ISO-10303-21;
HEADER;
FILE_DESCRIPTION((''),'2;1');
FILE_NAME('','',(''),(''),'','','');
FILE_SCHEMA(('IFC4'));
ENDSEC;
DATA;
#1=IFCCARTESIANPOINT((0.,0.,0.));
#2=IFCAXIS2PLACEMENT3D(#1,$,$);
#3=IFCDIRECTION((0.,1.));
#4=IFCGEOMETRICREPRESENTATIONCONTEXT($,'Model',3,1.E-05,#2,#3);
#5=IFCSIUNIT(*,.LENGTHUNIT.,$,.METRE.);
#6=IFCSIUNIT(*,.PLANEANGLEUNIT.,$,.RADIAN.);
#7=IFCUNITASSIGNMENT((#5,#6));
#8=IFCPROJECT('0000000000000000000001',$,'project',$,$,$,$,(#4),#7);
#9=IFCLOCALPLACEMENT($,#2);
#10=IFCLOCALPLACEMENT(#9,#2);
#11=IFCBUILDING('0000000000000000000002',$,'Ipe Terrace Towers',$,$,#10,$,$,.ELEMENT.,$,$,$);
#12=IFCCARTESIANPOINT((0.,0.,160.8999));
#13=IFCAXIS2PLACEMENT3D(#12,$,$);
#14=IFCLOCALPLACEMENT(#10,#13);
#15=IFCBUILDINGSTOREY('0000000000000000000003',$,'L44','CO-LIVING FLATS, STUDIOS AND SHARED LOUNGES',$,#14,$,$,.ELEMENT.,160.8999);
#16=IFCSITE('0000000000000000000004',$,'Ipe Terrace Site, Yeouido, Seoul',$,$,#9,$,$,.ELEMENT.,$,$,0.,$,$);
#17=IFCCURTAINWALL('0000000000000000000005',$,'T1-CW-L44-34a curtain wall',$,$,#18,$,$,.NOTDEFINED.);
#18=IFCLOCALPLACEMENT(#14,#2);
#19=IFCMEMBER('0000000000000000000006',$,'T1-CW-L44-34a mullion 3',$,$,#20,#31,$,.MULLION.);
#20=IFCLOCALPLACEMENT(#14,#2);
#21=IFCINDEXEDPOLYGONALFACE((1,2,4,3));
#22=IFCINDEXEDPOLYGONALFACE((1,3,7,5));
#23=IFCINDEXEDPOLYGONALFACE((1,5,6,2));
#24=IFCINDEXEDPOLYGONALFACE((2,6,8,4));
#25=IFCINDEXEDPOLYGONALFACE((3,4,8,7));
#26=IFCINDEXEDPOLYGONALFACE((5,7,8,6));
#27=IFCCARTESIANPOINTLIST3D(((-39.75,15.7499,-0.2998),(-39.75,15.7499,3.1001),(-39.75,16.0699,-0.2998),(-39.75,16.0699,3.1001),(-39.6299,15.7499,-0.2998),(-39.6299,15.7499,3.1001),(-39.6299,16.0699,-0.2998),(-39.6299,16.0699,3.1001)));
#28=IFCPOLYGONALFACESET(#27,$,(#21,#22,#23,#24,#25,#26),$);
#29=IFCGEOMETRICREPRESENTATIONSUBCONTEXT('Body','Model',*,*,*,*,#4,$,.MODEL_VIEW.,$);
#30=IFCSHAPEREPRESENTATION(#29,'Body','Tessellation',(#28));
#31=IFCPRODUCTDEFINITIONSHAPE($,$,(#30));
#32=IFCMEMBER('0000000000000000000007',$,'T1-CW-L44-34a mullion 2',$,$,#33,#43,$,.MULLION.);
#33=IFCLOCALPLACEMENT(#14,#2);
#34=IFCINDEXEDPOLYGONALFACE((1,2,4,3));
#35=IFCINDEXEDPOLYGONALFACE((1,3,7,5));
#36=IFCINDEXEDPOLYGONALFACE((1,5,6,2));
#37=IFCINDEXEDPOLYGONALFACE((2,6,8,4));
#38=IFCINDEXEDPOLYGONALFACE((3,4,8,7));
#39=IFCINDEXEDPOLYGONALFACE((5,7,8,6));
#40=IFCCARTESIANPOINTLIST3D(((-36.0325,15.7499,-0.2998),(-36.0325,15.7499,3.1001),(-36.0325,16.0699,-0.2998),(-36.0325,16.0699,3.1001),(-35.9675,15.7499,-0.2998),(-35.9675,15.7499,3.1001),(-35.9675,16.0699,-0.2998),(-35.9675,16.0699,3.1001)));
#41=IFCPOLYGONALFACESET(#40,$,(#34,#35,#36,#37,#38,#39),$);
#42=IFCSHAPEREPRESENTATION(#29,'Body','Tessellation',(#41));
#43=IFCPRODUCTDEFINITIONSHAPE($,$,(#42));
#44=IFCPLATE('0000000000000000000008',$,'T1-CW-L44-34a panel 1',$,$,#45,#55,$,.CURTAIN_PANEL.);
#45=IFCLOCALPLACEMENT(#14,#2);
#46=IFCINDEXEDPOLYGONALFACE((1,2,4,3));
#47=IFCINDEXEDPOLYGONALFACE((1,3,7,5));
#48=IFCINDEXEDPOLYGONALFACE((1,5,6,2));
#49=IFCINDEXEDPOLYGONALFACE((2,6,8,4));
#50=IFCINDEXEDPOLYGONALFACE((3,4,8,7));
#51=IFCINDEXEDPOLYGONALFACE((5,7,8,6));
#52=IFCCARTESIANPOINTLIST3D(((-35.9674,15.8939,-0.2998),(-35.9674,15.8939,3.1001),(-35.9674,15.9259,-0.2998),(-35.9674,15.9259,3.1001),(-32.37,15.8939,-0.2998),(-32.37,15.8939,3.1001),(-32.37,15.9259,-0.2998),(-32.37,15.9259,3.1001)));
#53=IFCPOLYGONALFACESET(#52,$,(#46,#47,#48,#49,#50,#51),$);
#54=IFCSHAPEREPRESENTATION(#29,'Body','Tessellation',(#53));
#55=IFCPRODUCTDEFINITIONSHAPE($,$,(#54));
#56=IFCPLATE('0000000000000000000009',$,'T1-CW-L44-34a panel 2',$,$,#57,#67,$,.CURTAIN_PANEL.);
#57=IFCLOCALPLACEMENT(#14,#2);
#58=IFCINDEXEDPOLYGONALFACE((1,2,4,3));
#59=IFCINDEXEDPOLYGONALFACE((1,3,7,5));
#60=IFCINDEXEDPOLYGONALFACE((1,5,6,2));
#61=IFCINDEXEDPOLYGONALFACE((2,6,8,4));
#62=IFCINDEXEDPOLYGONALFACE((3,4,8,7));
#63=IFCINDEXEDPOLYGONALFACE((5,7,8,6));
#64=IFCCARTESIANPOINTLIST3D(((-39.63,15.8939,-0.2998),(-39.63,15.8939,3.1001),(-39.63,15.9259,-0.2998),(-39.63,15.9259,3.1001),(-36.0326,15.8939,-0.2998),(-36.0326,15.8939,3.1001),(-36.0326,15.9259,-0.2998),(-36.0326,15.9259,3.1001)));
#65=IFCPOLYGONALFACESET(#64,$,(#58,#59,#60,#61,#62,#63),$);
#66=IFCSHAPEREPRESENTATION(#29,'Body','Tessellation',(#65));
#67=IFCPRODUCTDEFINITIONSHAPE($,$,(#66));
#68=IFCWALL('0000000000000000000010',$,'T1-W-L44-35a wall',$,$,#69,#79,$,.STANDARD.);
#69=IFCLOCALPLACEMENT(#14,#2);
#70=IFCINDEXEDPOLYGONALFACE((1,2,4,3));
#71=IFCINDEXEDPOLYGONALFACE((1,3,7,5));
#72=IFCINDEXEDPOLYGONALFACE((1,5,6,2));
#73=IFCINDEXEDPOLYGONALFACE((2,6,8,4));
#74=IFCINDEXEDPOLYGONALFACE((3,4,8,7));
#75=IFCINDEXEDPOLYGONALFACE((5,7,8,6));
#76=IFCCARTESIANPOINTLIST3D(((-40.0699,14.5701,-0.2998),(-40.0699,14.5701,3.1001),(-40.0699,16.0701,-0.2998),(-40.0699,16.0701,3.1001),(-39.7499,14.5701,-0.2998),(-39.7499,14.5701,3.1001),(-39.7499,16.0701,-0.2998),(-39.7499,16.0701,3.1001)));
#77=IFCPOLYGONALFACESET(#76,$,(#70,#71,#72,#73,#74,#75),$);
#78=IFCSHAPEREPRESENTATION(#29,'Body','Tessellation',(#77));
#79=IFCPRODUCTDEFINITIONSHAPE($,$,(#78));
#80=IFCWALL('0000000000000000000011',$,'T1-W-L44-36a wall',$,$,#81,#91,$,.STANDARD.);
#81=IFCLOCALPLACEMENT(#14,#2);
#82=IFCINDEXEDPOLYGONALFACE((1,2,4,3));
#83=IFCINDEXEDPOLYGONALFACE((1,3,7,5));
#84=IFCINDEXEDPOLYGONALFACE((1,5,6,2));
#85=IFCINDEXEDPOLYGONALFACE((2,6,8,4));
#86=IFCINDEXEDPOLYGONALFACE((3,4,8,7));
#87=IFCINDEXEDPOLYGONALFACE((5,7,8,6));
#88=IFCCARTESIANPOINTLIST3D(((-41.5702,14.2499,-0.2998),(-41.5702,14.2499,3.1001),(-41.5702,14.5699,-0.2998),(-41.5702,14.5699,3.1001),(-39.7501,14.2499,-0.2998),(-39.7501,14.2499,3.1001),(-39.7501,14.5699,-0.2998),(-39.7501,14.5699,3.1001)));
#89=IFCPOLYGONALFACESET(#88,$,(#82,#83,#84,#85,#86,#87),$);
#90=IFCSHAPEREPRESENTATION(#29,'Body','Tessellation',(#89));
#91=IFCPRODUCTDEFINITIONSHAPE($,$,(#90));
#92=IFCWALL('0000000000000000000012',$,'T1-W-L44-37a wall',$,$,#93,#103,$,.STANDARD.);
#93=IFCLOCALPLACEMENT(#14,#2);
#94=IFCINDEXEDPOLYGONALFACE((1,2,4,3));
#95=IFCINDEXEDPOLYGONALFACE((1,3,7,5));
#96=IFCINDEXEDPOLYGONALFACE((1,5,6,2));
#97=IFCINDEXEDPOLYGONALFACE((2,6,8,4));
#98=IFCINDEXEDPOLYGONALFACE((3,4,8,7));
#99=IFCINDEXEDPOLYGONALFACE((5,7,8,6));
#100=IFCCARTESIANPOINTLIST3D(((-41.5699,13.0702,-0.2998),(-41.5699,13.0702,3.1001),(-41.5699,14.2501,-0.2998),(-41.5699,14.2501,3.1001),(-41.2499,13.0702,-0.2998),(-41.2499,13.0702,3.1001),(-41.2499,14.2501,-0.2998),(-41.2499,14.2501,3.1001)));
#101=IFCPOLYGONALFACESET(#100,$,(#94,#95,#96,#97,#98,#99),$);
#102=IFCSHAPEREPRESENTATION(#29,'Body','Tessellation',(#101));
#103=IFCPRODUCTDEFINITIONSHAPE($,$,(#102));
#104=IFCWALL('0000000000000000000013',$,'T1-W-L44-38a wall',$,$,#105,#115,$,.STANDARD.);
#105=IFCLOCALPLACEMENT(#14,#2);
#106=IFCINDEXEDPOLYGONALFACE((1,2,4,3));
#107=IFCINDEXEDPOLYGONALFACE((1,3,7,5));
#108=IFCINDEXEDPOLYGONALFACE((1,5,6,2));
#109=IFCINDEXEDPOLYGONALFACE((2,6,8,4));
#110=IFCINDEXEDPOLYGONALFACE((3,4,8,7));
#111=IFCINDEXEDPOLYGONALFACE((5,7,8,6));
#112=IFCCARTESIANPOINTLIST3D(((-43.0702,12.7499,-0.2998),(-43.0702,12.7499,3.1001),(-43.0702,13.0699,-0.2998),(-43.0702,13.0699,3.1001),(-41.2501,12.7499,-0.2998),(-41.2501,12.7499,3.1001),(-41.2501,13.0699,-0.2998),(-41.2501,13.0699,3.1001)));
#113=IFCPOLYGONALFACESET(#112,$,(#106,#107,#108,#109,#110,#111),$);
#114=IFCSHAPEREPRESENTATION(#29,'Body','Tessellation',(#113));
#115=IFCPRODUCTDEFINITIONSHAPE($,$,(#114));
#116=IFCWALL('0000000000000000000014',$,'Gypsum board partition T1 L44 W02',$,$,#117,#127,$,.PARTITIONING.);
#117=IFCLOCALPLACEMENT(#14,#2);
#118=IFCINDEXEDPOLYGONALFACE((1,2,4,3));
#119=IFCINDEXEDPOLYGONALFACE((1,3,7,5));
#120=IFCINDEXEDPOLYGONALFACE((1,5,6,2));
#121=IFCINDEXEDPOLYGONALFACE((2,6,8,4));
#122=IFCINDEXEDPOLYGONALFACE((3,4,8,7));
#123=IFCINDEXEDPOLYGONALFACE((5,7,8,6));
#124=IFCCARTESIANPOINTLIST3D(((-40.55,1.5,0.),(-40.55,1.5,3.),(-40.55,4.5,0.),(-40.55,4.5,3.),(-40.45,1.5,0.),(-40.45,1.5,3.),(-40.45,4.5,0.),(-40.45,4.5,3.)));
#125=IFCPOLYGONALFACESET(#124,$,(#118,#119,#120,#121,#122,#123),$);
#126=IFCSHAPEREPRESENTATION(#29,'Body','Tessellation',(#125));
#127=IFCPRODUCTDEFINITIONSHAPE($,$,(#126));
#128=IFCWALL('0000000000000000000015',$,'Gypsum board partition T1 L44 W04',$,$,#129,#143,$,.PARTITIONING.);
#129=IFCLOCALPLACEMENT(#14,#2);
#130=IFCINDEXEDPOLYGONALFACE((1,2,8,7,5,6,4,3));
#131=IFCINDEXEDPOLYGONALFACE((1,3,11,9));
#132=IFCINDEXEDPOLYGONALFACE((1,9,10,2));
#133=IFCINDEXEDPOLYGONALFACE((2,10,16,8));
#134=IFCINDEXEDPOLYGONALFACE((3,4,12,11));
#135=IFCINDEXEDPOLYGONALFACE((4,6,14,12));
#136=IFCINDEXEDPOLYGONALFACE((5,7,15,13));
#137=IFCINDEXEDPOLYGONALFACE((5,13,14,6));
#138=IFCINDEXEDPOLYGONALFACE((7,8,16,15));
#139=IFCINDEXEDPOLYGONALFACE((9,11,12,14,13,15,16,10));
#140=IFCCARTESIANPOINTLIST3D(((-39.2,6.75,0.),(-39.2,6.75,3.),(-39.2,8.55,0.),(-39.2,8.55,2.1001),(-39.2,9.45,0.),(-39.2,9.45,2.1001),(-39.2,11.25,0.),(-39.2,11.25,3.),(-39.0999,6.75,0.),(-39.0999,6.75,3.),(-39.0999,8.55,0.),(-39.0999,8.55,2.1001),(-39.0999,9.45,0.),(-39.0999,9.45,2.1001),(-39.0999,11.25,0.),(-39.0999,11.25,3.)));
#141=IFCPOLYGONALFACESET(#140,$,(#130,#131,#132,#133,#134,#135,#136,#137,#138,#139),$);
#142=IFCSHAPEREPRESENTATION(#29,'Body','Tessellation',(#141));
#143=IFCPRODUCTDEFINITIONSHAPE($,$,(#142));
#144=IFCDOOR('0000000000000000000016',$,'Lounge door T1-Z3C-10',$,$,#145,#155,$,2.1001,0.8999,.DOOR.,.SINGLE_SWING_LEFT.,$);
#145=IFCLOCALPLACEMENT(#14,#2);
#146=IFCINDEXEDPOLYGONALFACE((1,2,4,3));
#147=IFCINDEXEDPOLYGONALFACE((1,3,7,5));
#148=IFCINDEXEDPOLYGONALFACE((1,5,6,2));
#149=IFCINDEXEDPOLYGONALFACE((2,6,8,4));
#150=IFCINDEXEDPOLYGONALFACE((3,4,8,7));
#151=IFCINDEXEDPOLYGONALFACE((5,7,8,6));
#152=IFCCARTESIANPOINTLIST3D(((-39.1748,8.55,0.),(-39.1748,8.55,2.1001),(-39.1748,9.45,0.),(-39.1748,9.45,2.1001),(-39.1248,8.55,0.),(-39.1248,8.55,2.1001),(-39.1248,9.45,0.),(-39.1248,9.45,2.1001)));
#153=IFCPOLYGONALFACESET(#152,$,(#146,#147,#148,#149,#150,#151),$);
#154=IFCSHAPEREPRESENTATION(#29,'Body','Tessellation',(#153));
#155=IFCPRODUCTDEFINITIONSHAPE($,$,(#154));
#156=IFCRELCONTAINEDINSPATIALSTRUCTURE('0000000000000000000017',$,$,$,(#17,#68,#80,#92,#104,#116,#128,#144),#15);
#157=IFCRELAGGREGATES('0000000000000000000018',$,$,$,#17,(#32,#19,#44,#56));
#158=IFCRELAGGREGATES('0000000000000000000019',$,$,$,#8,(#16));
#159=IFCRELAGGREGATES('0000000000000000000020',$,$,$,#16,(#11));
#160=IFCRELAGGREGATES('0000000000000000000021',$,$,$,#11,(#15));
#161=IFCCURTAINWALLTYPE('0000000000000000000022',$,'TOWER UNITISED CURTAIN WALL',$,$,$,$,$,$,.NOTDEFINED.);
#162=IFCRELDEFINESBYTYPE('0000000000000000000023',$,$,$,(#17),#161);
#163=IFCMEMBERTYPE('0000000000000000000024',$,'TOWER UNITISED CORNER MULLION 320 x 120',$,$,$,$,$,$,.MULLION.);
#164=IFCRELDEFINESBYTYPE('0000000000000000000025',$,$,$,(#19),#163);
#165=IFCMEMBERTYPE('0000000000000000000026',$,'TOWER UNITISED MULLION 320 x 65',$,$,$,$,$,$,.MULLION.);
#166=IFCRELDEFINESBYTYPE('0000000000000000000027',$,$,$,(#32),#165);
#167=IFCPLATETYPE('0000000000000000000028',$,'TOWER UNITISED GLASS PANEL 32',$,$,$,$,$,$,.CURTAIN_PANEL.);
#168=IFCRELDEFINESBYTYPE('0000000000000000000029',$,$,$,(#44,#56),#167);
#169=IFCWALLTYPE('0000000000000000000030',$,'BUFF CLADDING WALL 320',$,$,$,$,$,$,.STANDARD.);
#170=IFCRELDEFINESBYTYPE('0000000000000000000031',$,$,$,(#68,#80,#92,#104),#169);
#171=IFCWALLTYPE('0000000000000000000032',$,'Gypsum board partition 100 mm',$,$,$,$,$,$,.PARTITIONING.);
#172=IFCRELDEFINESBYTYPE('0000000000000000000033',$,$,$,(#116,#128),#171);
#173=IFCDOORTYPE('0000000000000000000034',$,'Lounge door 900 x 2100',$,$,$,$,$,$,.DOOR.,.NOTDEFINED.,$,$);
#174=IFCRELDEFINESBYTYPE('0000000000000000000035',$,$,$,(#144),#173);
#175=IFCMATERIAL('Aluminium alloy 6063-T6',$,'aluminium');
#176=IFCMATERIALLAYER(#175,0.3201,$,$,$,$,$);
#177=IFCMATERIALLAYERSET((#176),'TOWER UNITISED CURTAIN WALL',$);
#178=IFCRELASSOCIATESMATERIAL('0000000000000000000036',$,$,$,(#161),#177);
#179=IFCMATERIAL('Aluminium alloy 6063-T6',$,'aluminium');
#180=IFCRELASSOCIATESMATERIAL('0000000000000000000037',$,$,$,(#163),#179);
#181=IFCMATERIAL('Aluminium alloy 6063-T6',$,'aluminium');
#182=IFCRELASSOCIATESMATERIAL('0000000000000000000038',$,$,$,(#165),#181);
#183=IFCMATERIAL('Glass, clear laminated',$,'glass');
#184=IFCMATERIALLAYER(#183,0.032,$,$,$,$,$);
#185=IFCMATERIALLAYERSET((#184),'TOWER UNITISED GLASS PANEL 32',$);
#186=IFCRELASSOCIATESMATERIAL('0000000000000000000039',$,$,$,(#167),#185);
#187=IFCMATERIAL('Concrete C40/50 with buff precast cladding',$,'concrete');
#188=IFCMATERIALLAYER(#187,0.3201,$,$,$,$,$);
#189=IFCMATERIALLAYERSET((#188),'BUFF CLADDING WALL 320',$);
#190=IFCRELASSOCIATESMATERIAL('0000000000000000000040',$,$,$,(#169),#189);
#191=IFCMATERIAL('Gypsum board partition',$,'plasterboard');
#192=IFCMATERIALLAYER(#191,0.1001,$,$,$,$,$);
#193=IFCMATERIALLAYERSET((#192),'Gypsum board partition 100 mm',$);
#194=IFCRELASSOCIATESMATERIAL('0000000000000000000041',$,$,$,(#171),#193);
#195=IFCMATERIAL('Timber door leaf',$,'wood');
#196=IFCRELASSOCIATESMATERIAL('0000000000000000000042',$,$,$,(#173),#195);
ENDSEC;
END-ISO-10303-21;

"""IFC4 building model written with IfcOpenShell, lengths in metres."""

from ifc_helpers import new_model, si_unit, direction, frame, frame_2d, origin, origin_2d, place, context, subcontext, project, spatial, rectangle, extrude, material, layer, layer_set, material_profile, profile_set, type_object, element, fill, aggregate, save


model = new_model("IFC4")

# Units and contexts
model_context = context("Model", 3, precision=1e-05, world=origin(), true_north=direction((0.0, 1.0)))
body_context = subcontext(model_context, "Body", "Model", "MODEL_VIEW")
ifc_project = project(units=[si_unit("LENGTHUNIT", "METRE"), si_unit("PLANEANGLEUNIT", "RADIAN")], contexts=[model_context])

# Site, building, storey
site_placement = place(None, origin())
site = spatial("IfcSite", under=ifc_project, at=site_placement, Name="Ipe Terrace Site, Yeouido, Seoul", CompositionType="ELEMENT", RefElevation=0.0)
building_placement = place(site_placement, origin())
building = spatial("IfcBuilding", under=site, at=building_placement, Name="Ipe Terrace Towers", CompositionType="ELEMENT")
storey_placement = place(building_placement, frame((0.0, 0.0, 160.8999)))
storey = spatial("IfcBuildingStorey", under=building, at=storey_placement, Name="L44", Description="CO-LIVING FLATS, STUDIOS AND SHARED LOUNGES", CompositionType="ELEMENT", Elevation=160.8999)

# Curtain wall, members, plates
ifc_material_1 = material(Name="Aluminium alloy 6063-T6", Category="aluminium")
ifc_layer_1 = layer(ifc_material_1, 0.3201)
ifc_layer_set_1 = layer_set([ifc_layer_1], Name="TOWER UNITISED CURTAIN WALL")
curtain_wall_type = type_object("IfcCurtainWallType", Name="TOWER UNITISED CURTAIN WALL", PredefinedType="NOTDEFINED", material=ifc_layer_set_1)
curtain_wall_placement = place(storey_placement, origin())
curtain_wall = element("IfcCurtainWall", 1, at=curtain_wall_placement, inside=storey, type_object=curtain_wall_type, Name="T1-CW-L44-34a curtain wall", PredefinedType="NOTDEFINED")
ifc_material_2 = material(Name="Aluminium alloy 6063-T6", Category="aluminium")
ifc_material_profile_1 = material_profile(ifc_material_2, rectangle(XDim=0.3201, YDim=0.1201, at=origin_2d()), Name="TOWER UNITISED CORNER MULLION 320 x 120")
ifc_profile_set_1 = profile_set([ifc_material_profile_1], Name="Aluminium alloy 6063-T6")
member_type_1 = type_object("IfcMemberType", Name="TOWER UNITISED CORNER MULLION 320 x 120", PredefinedType="MULLION", material=ifc_profile_set_1)
member_1_placement = place(storey_placement, frame((-39.6899, 15.9099, -0.2998), z_axis=(0.0, 0.0, 1.0), x_axis=(0.0, 1.0, 0.0)))
member_1 = element("IfcMember", 2, at=member_1_placement, type_object=member_type_1, Name="T1-CW-L44-34a mullion 3", PredefinedType="MULLION", context=body_context, shape_type="SweptSolid", body=[
    extrude(rectangle(XDim=0.3201, YDim=0.1201, at=origin_2d()), origin(), (0.0, 0.0, 1.0), 3.3999),
])
ifc_material_3 = material(Name="Aluminium alloy 6063-T6", Category="aluminium")
ifc_material_profile_2 = material_profile(ifc_material_3, rectangle(XDim=0.3201, YDim=0.0649, at=origin_2d()), Name="TOWER UNITISED MULLION 320 x 65")
ifc_profile_set_2 = profile_set([ifc_material_profile_2], Name="Aluminium alloy 6063-T6")
member_type_2 = type_object("IfcMemberType", Name="TOWER UNITISED MULLION 320 x 65", PredefinedType="MULLION", material=ifc_profile_set_2)
member_2_placement = place(storey_placement, frame((-36.0, 15.9099, -0.2998), z_axis=(0.0, 0.0, 1.0), x_axis=(0.0, 1.0, 0.0)))
member_2 = element("IfcMember", 3, at=member_2_placement, type_object=member_type_2, Name="T1-CW-L44-34a mullion 2", PredefinedType="MULLION", context=body_context, shape_type="SweptSolid", body=[
    extrude(rectangle(XDim=0.3201, YDim=0.0649, at=origin_2d()), origin(), (0.0, 0.0, 1.0), 3.3999),
])
ifc_material_4 = material(Name="Glass, clear laminated", Category="glass")
ifc_layer_2 = layer(ifc_material_4, 0.032)
ifc_layer_set_2 = layer_set([ifc_layer_2], Name="TOWER UNITISED GLASS PANEL 32")
plate_type = type_object("IfcPlateType", Name="TOWER UNITISED GLASS PANEL 32", PredefinedType="CURTAIN_PANEL", material=ifc_layer_set_2)
plate_1_placement = place(storey_placement, frame((-34.1687, 15.9099, -0.2998), z_axis=(0.0, 0.0, 1.0), x_axis=(-1.0, 0.0, 0.0)))
plate_1 = element("IfcPlate", 4, at=plate_1_placement, type_object=plate_type, Name="T1-CW-L44-34a panel 1", PredefinedType="CURTAIN_PANEL", context=body_context, shape_type="SweptSolid", body=[
    extrude(rectangle(XDim=3.5974, YDim=0.032, at=origin_2d()), origin(), (0.0, 0.0, 1.0), 3.3999),
])
plate_2_placement = place(storey_placement, frame((-37.8313, 15.9099, -0.2998), z_axis=(0.0, 0.0, 1.0), x_axis=(-1.0, 0.0, 0.0)))
plate_2 = element("IfcPlate", 5, at=plate_2_placement, type_object=plate_type, Name="T1-CW-L44-34a panel 2", PredefinedType="CURTAIN_PANEL", context=body_context, shape_type="SweptSolid", body=[
    extrude(rectangle(XDim=3.5974, YDim=0.032, at=origin_2d()), origin(), (0.0, 0.0, 1.0), 3.3999),
])
aggregate(curtain_wall, [member_2, member_1, plate_1, plate_2])

# Walls
ifc_material_5 = material(Name="Concrete C40/50 with buff precast cladding", Category="concrete")
ifc_layer_3 = layer(ifc_material_5, 0.3201)
ifc_layer_set_3 = layer_set([ifc_layer_3], Name="BUFF CLADDING WALL 320")
wall_type_1 = type_object("IfcWallType", Name="BUFF CLADDING WALL 320", PredefinedType="STANDARD", material=ifc_layer_set_3)
wall_1_placement = place(storey_placement, frame((-39.9099, 16.0701, -0.2998), z_axis=(0.0, 0.0, 1.0), x_axis=(0.0, -1.0, 0.0)))
element("IfcWall", 6, at=wall_1_placement, inside=storey, type_object=wall_type_1, Name="T1-W-L44-35a wall", PredefinedType="STANDARD", context=body_context, shape_type="SweptSolid", body=[
    extrude(rectangle(XDim=1.5, YDim=0.3201, at=frame_2d((0.75, 0.0))), origin(), (0.0, 0.0, 1.0), 3.3999),
])
wall_2_placement = place(storey_placement, frame((-39.75, 14.4099, -0.2998), z_axis=(0.0, 0.0, 1.0), x_axis=(-1.0, 0.0, 0.0)))
element("IfcWall", 7, at=wall_2_placement, inside=storey, type_object=wall_type_1, Name="T1-W-L44-36a wall", PredefinedType="STANDARD", context=body_context, shape_type="SweptSolid", body=[
    extrude(rectangle(XDim=1.8201, YDim=0.3201, at=frame_2d((0.9102, 0.0))), origin(), (0.0, 0.0, 1.0), 3.3999),
])
wall_3_placement = place(storey_placement, frame((-41.4099, 14.25, -0.2998), z_axis=(0.0, 0.0, 1.0), x_axis=(0.0, -1.0, 0.0)))
element("IfcWall", 8, at=wall_3_placement, inside=storey, type_object=wall_type_1, Name="T1-W-L44-37a wall", PredefinedType="STANDARD", context=body_context, shape_type="SweptSolid", body=[
    extrude(rectangle(XDim=1.1799, YDim=0.3201, at=frame_2d((0.5898, 0.0))), origin(), (0.0, 0.0, 1.0), 3.3999),
])
wall_4_placement = place(storey_placement, frame((-41.25, 12.9099, -0.2998), z_axis=(0.0, 0.0, 1.0), x_axis=(-1.0, 0.0, 0.0)))
element("IfcWall", 9, at=wall_4_placement, inside=storey, type_object=wall_type_1, Name="T1-W-L44-38a wall", PredefinedType="STANDARD", context=body_context, shape_type="SweptSolid", body=[
    extrude(rectangle(XDim=1.8201, YDim=0.3201, at=frame_2d((0.9102, 0.0))), origin(), (0.0, 0.0, 1.0), 3.3999),
])
ifc_material_6 = material(Name="Gypsum board partition", Category="plasterboard")
ifc_layer_4 = layer(ifc_material_6, 0.1001)
ifc_layer_set_4 = layer_set([ifc_layer_4], Name="Gypsum board partition 100 mm")
wall_type_2 = type_object("IfcWallType", Name="Gypsum board partition 100 mm", PredefinedType="PARTITIONING", material=ifc_layer_set_4)
wall_5_placement = place(storey_placement, frame((-40.5, 1.5, 0.0), z_axis=(0.0, 0.0, 1.0), x_axis=(0.0, 1.0, 0.0)))
element("IfcWall", 10, at=wall_5_placement, inside=storey, type_object=wall_type_2, Name="Gypsum board partition T1 L44 W02", PredefinedType="PARTITIONING", context=body_context, shape_type="SweptSolid", body=[
    extrude(rectangle(XDim=3.0, YDim=0.1001, at=frame_2d((1.5, 0.0))), origin(), (0.0, 0.0, 1.0), 3.0),
])

# Wall, opening, door
wall_6_placement = place(storey_placement, frame((-39.1499, 6.75, 0.0), z_axis=(0.0, 0.0, 1.0), x_axis=(0.0, 1.0, 0.0)))
wall_6 = element("IfcWall", 11, at=wall_6_placement, inside=storey, type_object=wall_type_2, Name="Gypsum board partition T1 L44 W04", PredefinedType="PARTITIONING", context=body_context, shape_type="SweptSolid", body=[
    extrude(rectangle(XDim=4.5, YDim=0.1001, at=frame_2d((2.25, 0.0))), origin(), (0.0, 0.0, 1.0), 3.0),
])
opening_1_placement = place(wall_6_placement, frame((1.8, 0.0, 0.0)))
opening_1 = element("IfcOpeningElement", 12, at=opening_1_placement, cuts=wall_6, PredefinedType="OPENING", context=body_context, shape_type="SweptSolid", body=[
    extrude(rectangle(XDim=0.8999, YDim=2.1001, at=frame_2d((0.45, 1.05))), frame((0.0, 0.0601, 0.0), z_axis=(0.0, -1.0, 0.0), x_axis=(1.0, 0.0, 0.0)), (0.0, 0.0, 1.0), 0.1201),
])
ifc_material_7 = material(Name="Timber door leaf", Category="wood")
door_type = type_object("IfcDoorType", Name="Lounge door 900 x 2100", OperationType="NOTDEFINED", PredefinedType="DOOR", material=ifc_material_7)
door_1_placement = place(opening_1_placement, origin())
door_1 = element("IfcDoor", 13, at=door_1_placement, inside=storey, type_object=door_type, Name="Lounge door T1-Z3C-10", OperationType="SINGLE_SWING_LEFT", OverallHeight=2.1001, OverallWidth=0.8999, PredefinedType="DOOR", context=body_context, shape_type="SweptSolid", body=[
    extrude(rectangle(XDim=0.8999, YDim=2.1001, at=frame_2d((0.45, 1.05))), frame((0.0, 0.0249, 0.0), z_axis=(0.0, -1.0, 0.0), x_axis=(1.0, 0.0, 0.0)), (0.0, 0.0, 1.0), 0.05),
])
fill(opening_1, door_1)

save(model, "model.ifc")
